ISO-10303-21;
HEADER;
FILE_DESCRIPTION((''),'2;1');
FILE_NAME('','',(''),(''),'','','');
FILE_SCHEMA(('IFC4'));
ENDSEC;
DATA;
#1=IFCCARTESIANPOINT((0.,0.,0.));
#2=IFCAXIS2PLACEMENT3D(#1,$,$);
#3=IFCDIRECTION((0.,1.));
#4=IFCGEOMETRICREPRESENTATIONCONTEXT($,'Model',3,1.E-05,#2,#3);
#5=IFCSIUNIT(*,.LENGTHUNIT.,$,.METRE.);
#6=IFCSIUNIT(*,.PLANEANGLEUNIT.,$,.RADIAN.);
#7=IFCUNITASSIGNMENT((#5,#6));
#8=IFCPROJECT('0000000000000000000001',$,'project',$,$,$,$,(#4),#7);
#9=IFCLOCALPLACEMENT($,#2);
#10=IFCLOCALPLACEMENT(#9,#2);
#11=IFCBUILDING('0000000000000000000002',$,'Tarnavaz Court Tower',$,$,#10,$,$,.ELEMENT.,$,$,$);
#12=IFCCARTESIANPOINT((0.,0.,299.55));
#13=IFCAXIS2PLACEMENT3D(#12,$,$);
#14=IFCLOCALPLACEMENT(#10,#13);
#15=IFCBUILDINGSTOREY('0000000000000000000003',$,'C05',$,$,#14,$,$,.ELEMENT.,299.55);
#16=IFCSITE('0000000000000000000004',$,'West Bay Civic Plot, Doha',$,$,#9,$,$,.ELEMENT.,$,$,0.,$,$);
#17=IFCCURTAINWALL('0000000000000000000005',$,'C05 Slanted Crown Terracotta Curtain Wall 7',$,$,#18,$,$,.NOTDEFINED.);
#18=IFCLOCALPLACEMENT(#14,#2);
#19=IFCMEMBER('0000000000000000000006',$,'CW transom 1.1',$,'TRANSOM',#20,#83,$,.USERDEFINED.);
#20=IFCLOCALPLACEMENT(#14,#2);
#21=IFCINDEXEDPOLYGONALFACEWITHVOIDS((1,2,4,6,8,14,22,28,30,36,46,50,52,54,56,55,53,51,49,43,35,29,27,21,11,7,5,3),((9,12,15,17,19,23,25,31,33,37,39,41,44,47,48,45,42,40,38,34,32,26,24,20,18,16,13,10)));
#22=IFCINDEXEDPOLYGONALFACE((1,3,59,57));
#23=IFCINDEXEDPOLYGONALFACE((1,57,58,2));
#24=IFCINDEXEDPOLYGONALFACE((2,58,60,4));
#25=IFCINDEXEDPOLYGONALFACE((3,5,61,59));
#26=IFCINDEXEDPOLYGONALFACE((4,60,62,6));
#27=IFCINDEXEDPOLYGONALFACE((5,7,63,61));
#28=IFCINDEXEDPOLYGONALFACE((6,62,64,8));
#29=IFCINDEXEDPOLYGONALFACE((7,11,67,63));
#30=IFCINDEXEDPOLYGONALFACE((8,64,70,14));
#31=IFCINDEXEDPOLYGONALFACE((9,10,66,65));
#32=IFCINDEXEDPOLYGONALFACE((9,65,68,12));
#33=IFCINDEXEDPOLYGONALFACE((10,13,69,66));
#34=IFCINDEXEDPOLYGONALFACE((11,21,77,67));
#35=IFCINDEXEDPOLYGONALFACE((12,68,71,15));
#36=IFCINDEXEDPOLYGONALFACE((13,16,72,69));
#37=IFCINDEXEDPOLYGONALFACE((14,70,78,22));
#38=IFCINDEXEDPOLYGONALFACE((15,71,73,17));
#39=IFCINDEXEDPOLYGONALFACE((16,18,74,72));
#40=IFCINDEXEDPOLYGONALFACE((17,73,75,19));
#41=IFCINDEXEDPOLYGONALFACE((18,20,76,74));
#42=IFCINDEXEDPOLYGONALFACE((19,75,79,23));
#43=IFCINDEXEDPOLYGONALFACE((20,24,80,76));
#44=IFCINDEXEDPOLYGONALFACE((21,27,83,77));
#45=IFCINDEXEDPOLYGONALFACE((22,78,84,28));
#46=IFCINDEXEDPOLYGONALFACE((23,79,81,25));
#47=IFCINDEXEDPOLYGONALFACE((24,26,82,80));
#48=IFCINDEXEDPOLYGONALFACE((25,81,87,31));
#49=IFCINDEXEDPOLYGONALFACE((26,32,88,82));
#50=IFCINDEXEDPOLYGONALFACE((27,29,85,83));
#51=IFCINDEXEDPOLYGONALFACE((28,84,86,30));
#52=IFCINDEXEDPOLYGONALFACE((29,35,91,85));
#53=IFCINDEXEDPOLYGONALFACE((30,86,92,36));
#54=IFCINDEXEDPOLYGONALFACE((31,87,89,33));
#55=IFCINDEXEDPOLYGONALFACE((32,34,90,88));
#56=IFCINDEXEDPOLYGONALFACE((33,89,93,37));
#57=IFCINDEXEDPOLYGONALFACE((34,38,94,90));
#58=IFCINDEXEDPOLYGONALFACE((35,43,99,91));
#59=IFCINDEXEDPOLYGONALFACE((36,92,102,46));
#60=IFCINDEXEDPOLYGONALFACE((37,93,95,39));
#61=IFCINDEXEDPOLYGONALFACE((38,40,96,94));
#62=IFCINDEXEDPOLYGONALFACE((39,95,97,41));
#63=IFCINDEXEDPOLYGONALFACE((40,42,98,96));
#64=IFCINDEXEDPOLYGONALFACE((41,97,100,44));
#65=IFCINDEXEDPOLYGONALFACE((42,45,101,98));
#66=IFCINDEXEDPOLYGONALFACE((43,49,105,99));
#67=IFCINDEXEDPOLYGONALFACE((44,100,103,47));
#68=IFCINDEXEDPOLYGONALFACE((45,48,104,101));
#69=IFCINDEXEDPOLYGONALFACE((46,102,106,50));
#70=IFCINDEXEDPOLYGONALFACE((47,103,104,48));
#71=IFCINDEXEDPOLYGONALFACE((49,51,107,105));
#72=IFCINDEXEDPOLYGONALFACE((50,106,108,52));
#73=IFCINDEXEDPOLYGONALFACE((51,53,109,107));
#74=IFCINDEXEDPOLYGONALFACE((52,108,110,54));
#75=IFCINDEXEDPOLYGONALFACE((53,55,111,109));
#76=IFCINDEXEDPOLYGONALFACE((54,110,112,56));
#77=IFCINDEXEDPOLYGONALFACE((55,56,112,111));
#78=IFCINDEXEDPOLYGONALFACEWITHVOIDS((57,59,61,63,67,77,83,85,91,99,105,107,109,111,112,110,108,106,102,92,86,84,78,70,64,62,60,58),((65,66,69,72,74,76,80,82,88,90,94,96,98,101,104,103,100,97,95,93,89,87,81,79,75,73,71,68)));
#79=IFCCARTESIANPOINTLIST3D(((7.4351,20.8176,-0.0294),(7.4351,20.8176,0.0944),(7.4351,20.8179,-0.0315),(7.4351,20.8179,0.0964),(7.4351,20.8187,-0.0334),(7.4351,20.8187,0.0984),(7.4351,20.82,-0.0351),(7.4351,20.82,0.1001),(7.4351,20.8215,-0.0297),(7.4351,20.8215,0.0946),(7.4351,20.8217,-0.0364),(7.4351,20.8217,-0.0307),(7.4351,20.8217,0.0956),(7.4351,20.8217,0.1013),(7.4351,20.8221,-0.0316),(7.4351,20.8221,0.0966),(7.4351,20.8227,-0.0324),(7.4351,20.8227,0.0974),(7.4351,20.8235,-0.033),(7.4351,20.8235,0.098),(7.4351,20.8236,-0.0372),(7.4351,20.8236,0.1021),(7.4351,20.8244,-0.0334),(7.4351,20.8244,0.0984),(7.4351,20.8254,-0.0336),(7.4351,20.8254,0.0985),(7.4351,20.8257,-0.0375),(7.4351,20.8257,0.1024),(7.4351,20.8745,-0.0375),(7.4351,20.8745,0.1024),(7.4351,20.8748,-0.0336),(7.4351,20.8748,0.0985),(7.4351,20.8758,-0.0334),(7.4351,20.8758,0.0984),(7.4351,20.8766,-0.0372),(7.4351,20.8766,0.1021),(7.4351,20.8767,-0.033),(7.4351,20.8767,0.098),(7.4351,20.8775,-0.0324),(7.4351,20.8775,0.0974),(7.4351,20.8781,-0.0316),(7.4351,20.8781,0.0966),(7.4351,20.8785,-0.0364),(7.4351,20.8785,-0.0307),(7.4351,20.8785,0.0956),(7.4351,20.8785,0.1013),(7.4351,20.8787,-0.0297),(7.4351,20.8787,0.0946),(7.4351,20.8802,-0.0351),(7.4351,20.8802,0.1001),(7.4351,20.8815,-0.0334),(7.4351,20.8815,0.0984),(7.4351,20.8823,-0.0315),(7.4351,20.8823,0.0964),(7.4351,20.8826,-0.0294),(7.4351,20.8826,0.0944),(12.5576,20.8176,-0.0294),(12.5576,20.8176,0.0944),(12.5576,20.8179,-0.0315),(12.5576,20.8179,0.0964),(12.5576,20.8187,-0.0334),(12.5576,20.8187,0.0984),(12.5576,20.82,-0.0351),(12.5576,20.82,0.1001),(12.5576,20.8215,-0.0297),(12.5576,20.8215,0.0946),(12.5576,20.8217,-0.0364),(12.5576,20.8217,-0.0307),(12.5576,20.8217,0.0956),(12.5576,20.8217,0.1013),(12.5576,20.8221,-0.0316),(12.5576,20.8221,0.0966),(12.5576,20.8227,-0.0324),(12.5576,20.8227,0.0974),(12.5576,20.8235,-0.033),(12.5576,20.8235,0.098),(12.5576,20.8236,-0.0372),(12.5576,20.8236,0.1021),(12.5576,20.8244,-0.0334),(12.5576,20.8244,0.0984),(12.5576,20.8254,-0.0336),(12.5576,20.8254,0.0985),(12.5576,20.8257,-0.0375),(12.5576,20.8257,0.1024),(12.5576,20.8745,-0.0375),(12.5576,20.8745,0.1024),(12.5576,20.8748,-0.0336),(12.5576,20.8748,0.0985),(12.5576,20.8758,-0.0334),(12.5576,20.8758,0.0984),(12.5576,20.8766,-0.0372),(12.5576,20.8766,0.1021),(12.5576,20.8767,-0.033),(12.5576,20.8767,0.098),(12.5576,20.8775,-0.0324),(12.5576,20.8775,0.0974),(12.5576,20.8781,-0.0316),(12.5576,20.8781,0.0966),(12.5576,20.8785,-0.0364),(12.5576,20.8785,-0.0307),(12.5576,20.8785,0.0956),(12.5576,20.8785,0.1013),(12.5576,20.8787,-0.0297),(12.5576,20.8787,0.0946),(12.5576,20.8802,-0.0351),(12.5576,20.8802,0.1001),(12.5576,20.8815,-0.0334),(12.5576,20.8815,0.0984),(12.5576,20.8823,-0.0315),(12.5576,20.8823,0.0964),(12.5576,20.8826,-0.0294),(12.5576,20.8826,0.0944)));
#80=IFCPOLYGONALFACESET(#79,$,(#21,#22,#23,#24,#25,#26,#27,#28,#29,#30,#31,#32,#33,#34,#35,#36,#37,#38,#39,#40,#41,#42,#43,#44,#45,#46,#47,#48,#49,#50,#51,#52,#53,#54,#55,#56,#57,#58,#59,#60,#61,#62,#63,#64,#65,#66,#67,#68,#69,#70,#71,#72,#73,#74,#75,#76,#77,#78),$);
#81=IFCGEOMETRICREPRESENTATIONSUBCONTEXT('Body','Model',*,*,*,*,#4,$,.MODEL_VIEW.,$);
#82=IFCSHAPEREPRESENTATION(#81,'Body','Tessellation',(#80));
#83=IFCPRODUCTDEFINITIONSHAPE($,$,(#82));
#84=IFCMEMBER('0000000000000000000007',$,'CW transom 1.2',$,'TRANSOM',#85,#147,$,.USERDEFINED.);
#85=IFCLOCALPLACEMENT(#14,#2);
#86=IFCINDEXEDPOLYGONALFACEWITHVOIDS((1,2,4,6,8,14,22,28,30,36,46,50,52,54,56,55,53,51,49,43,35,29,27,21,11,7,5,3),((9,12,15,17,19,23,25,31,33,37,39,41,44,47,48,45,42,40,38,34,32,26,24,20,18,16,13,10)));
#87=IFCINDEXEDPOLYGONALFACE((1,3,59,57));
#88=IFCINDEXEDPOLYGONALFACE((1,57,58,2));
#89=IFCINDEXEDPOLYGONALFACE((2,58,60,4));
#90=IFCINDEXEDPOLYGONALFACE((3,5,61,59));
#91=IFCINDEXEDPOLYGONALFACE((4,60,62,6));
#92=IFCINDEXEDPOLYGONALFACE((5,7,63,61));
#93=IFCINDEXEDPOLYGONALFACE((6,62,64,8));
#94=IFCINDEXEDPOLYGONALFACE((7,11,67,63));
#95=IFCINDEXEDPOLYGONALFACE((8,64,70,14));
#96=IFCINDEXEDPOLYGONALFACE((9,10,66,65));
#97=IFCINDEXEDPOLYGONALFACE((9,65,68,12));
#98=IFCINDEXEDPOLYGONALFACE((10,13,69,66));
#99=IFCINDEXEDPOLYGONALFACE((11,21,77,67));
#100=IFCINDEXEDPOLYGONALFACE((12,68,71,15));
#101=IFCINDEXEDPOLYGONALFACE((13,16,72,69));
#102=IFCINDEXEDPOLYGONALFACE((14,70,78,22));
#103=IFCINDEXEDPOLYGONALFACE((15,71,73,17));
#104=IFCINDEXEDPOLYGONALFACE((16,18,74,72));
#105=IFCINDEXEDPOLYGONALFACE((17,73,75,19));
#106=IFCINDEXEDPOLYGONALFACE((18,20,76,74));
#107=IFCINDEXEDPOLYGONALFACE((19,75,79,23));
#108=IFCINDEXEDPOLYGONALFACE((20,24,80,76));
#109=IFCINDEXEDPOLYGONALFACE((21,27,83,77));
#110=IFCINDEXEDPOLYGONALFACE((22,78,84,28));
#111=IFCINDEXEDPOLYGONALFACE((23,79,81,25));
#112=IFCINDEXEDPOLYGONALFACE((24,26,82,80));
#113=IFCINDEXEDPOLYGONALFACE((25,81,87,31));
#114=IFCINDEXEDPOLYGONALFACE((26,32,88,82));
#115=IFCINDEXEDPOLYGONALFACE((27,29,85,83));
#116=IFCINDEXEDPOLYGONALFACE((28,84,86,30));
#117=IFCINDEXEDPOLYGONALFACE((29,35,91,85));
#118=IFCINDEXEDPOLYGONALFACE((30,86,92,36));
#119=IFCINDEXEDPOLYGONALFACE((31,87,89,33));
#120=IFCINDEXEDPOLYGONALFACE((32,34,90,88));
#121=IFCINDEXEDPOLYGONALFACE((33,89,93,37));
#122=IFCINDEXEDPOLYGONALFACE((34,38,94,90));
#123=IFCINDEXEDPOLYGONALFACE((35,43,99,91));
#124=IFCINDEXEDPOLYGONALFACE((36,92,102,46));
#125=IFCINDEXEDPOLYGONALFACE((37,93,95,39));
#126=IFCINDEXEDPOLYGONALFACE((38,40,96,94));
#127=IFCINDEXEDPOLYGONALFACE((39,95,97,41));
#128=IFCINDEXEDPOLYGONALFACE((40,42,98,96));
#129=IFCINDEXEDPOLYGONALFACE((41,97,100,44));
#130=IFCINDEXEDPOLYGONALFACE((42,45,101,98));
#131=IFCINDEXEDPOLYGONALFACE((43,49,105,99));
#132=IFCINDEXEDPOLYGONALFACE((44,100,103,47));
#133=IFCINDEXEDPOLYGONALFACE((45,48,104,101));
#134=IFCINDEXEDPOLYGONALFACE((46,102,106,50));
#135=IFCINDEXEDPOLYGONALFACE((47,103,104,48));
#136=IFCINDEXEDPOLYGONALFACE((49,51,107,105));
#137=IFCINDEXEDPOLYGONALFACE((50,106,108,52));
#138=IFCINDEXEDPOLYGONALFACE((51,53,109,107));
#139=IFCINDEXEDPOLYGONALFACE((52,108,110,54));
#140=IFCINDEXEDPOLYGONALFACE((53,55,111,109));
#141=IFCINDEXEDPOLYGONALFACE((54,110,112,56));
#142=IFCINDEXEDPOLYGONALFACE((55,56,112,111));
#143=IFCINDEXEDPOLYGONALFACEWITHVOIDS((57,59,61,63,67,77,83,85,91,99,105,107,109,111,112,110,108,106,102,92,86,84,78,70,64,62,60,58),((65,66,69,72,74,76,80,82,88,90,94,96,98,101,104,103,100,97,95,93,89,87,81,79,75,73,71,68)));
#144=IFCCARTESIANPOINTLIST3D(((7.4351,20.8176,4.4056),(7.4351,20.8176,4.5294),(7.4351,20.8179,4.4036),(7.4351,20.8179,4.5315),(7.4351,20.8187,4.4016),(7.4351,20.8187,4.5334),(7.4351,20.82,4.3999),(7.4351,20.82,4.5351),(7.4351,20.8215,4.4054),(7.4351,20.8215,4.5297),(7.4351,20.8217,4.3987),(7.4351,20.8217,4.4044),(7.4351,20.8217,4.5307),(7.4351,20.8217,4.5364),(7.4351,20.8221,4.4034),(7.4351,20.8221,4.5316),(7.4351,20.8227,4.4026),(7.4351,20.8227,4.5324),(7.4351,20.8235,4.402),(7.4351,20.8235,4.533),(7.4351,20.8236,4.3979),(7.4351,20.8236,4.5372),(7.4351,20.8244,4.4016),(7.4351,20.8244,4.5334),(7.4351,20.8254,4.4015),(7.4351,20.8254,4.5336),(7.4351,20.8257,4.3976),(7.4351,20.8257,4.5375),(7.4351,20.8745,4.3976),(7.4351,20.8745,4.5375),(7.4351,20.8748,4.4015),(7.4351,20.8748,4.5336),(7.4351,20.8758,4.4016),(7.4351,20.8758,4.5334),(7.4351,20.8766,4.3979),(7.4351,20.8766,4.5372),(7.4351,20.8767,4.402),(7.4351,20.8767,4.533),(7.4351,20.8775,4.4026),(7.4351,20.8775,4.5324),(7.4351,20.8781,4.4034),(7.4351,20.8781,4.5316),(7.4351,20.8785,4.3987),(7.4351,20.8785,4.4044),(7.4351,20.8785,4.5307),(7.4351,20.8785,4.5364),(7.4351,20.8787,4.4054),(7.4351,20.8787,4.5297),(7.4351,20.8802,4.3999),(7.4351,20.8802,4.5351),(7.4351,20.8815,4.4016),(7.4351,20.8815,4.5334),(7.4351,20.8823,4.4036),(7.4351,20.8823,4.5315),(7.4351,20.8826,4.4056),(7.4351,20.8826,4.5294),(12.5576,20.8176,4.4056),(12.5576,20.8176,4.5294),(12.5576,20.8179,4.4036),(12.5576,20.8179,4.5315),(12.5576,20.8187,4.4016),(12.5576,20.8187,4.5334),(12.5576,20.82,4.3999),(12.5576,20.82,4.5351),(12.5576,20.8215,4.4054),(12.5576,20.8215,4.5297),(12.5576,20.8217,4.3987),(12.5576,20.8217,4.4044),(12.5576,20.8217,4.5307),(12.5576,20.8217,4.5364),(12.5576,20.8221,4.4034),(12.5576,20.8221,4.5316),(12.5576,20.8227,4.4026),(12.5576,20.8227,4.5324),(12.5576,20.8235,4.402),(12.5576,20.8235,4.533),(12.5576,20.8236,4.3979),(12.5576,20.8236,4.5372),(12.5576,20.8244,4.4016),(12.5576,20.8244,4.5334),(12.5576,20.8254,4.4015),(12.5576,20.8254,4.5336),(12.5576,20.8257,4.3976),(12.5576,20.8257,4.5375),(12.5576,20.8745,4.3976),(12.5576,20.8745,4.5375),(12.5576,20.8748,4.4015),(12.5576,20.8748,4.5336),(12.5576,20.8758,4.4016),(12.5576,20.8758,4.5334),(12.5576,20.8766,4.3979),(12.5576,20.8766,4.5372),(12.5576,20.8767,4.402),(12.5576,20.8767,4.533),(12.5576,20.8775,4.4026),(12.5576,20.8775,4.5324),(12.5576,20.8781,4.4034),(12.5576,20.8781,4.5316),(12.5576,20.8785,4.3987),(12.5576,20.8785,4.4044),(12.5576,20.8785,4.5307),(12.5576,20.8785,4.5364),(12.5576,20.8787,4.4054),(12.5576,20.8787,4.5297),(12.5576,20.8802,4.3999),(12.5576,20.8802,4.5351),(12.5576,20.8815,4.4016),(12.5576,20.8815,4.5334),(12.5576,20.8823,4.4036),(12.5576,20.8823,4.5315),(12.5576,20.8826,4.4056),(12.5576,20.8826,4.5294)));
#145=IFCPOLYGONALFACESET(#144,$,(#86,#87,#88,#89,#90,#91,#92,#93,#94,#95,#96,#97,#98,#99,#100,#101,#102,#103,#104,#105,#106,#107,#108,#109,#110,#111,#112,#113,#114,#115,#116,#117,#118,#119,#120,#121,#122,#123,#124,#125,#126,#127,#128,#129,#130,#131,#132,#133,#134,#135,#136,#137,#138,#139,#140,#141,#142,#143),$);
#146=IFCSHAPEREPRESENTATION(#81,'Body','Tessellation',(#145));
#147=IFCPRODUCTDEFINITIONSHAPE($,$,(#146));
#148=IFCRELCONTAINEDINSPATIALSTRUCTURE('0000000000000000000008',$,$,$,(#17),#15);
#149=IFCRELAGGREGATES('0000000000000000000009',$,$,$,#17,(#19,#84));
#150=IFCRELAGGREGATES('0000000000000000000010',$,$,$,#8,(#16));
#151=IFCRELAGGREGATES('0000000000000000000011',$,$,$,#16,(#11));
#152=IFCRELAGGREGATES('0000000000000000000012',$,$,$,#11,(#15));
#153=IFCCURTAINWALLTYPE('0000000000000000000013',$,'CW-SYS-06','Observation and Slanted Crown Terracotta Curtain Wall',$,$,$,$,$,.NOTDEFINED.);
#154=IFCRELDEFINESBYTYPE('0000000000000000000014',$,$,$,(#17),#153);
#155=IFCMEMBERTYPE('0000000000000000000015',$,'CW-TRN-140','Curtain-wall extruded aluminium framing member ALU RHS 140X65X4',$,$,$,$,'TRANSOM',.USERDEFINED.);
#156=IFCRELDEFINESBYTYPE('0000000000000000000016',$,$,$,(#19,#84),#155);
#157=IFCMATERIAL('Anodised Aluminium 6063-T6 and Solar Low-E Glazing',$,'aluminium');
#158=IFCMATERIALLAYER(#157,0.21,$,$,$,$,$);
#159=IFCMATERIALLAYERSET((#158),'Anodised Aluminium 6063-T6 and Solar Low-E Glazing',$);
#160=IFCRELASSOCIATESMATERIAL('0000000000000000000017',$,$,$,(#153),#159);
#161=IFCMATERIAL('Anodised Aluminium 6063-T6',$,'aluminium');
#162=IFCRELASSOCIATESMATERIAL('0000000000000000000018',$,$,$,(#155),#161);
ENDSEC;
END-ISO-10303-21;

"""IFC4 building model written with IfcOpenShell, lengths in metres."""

from ifc_helpers import new_model, si_unit, direction, frame, origin, origin_2d, place, context, subcontext, project, spatial, hollow_rectangle, extrude, material, layer, layer_set, material_profile, profile_set, type_object, element, aggregate, save


model = new_model("IFC4")

# Units and contexts
model_context = context("Model", 3, precision=1e-05, world=origin(), true_north=direction((0.0, 1.0)))
body_context = subcontext(model_context, "Body", "Model", "MODEL_VIEW")
ifc_project = project(units=[si_unit("LENGTHUNIT", "METRE"), si_unit("PLANEANGLEUNIT", "RADIAN")], contexts=[model_context])

# Site, building, storey
site_placement = place(None, origin())
site = spatial("IfcSite", under=ifc_project, at=site_placement, Name="West Bay Civic Plot, Doha", CompositionType="ELEMENT", RefElevation=0.0)
building_placement = place(site_placement, origin())
building = spatial("IfcBuilding", under=site, at=building_placement, Name="Tarnavaz Court Tower", CompositionType="ELEMENT")
storey_placement = place(building_placement, frame((0.0, 0.0, 299.55)))
storey = spatial("IfcBuildingStorey", under=building, at=storey_placement, Name="C05", CompositionType="ELEMENT", Elevation=299.55)

# Shared definitions
ifc_material_1 = material(Name="Anodised Aluminium 6063-T6 and Solar Low-E Glazing", Category="aluminium")
ifc_layer_1 = layer(ifc_material_1, 0.21)
ifc_layer_set_1 = layer_set([ifc_layer_1], Name="Anodised Aluminium 6063-T6 and Solar Low-E Glazing")
curtain_wall_type = type_object("IfcCurtainWallType", Name="CW-SYS-06", Description="Observation and Slanted Crown Terracotta Curtain Wall", PredefinedType="NOTDEFINED", material=ifc_layer_set_1)
ifc_material_2 = material(Name="Anodised Aluminium 6063-T6", Category="aluminium")

# Curtain wall
curtain_wall_1_placement = place(storey_placement, origin())
curtain_wall_1 = element("IfcCurtainWall", 1, at=curtain_wall_1_placement, inside=storey, type_object=curtain_wall_type, Name="C05 Slanted Crown Terracotta Curtain Wall 7", PredefinedType="NOTDEFINED")

# Members
ifc_material_profile_1 = material_profile(ifc_material_2, hollow_rectangle(XDim=0.0649, YDim=0.1399, WallThickness=0.0039, InnerFilletRadius=0.0039, OuterFilletRadius=0.0081, at=origin_2d()), Name="ALU RHS 140X65X4")
ifc_profile_set_1 = profile_set([ifc_material_profile_1], Name="Anodised Aluminium 6063-T6")
member_type_1 = type_object("IfcMemberType", Name="CW-TRN-140", Description="Curtain-wall extruded aluminium framing member ALU RHS 140X65X4", ElementType="TRANSOM", PredefinedType="USERDEFINED", material=ifc_profile_set_1)
member_1_placement = place(storey_placement, frame((7.4351, 20.8501, 0.0325), z_axis=(1.0, 0.0, 0.0), x_axis=(0.0, 1.0, 0.0)))
member_1 = element("IfcMember", 2, at=member_1_placement, type_object=member_type_1, Name="CW transom 1.1", ObjectType="TRANSOM", PredefinedType="USERDEFINED", context=body_context, shape_type="SweptSolid", body=[
    extrude(hollow_rectangle(XDim=0.0649, YDim=0.1399, WallThickness=0.0039, InnerFilletRadius=0.0039, OuterFilletRadius=0.0081, at=origin_2d()), origin(), (0.0, 0.0, 1.0), 5.1226),
])
member_2_placement = place(storey_placement, frame((7.4351, 20.8501, 4.4675), z_axis=(1.0, 0.0, 0.0), x_axis=(0.0, 1.0, 0.0)))
member_2 = element("IfcMember", 3, at=member_2_placement, type_object=member_type_1, Name="CW transom 1.2", ObjectType="TRANSOM", PredefinedType="USERDEFINED", context=body_context, shape_type="SweptSolid", body=[
    extrude(hollow_rectangle(XDim=0.0649, YDim=0.1399, WallThickness=0.0039, InnerFilletRadius=0.0039, OuterFilletRadius=0.0081, at=origin_2d()), origin(), (0.0, 0.0, 1.0), 5.1226),
])

aggregate(curtain_wall_1, [member_1, member_2])

save(model, "model.ifc")
